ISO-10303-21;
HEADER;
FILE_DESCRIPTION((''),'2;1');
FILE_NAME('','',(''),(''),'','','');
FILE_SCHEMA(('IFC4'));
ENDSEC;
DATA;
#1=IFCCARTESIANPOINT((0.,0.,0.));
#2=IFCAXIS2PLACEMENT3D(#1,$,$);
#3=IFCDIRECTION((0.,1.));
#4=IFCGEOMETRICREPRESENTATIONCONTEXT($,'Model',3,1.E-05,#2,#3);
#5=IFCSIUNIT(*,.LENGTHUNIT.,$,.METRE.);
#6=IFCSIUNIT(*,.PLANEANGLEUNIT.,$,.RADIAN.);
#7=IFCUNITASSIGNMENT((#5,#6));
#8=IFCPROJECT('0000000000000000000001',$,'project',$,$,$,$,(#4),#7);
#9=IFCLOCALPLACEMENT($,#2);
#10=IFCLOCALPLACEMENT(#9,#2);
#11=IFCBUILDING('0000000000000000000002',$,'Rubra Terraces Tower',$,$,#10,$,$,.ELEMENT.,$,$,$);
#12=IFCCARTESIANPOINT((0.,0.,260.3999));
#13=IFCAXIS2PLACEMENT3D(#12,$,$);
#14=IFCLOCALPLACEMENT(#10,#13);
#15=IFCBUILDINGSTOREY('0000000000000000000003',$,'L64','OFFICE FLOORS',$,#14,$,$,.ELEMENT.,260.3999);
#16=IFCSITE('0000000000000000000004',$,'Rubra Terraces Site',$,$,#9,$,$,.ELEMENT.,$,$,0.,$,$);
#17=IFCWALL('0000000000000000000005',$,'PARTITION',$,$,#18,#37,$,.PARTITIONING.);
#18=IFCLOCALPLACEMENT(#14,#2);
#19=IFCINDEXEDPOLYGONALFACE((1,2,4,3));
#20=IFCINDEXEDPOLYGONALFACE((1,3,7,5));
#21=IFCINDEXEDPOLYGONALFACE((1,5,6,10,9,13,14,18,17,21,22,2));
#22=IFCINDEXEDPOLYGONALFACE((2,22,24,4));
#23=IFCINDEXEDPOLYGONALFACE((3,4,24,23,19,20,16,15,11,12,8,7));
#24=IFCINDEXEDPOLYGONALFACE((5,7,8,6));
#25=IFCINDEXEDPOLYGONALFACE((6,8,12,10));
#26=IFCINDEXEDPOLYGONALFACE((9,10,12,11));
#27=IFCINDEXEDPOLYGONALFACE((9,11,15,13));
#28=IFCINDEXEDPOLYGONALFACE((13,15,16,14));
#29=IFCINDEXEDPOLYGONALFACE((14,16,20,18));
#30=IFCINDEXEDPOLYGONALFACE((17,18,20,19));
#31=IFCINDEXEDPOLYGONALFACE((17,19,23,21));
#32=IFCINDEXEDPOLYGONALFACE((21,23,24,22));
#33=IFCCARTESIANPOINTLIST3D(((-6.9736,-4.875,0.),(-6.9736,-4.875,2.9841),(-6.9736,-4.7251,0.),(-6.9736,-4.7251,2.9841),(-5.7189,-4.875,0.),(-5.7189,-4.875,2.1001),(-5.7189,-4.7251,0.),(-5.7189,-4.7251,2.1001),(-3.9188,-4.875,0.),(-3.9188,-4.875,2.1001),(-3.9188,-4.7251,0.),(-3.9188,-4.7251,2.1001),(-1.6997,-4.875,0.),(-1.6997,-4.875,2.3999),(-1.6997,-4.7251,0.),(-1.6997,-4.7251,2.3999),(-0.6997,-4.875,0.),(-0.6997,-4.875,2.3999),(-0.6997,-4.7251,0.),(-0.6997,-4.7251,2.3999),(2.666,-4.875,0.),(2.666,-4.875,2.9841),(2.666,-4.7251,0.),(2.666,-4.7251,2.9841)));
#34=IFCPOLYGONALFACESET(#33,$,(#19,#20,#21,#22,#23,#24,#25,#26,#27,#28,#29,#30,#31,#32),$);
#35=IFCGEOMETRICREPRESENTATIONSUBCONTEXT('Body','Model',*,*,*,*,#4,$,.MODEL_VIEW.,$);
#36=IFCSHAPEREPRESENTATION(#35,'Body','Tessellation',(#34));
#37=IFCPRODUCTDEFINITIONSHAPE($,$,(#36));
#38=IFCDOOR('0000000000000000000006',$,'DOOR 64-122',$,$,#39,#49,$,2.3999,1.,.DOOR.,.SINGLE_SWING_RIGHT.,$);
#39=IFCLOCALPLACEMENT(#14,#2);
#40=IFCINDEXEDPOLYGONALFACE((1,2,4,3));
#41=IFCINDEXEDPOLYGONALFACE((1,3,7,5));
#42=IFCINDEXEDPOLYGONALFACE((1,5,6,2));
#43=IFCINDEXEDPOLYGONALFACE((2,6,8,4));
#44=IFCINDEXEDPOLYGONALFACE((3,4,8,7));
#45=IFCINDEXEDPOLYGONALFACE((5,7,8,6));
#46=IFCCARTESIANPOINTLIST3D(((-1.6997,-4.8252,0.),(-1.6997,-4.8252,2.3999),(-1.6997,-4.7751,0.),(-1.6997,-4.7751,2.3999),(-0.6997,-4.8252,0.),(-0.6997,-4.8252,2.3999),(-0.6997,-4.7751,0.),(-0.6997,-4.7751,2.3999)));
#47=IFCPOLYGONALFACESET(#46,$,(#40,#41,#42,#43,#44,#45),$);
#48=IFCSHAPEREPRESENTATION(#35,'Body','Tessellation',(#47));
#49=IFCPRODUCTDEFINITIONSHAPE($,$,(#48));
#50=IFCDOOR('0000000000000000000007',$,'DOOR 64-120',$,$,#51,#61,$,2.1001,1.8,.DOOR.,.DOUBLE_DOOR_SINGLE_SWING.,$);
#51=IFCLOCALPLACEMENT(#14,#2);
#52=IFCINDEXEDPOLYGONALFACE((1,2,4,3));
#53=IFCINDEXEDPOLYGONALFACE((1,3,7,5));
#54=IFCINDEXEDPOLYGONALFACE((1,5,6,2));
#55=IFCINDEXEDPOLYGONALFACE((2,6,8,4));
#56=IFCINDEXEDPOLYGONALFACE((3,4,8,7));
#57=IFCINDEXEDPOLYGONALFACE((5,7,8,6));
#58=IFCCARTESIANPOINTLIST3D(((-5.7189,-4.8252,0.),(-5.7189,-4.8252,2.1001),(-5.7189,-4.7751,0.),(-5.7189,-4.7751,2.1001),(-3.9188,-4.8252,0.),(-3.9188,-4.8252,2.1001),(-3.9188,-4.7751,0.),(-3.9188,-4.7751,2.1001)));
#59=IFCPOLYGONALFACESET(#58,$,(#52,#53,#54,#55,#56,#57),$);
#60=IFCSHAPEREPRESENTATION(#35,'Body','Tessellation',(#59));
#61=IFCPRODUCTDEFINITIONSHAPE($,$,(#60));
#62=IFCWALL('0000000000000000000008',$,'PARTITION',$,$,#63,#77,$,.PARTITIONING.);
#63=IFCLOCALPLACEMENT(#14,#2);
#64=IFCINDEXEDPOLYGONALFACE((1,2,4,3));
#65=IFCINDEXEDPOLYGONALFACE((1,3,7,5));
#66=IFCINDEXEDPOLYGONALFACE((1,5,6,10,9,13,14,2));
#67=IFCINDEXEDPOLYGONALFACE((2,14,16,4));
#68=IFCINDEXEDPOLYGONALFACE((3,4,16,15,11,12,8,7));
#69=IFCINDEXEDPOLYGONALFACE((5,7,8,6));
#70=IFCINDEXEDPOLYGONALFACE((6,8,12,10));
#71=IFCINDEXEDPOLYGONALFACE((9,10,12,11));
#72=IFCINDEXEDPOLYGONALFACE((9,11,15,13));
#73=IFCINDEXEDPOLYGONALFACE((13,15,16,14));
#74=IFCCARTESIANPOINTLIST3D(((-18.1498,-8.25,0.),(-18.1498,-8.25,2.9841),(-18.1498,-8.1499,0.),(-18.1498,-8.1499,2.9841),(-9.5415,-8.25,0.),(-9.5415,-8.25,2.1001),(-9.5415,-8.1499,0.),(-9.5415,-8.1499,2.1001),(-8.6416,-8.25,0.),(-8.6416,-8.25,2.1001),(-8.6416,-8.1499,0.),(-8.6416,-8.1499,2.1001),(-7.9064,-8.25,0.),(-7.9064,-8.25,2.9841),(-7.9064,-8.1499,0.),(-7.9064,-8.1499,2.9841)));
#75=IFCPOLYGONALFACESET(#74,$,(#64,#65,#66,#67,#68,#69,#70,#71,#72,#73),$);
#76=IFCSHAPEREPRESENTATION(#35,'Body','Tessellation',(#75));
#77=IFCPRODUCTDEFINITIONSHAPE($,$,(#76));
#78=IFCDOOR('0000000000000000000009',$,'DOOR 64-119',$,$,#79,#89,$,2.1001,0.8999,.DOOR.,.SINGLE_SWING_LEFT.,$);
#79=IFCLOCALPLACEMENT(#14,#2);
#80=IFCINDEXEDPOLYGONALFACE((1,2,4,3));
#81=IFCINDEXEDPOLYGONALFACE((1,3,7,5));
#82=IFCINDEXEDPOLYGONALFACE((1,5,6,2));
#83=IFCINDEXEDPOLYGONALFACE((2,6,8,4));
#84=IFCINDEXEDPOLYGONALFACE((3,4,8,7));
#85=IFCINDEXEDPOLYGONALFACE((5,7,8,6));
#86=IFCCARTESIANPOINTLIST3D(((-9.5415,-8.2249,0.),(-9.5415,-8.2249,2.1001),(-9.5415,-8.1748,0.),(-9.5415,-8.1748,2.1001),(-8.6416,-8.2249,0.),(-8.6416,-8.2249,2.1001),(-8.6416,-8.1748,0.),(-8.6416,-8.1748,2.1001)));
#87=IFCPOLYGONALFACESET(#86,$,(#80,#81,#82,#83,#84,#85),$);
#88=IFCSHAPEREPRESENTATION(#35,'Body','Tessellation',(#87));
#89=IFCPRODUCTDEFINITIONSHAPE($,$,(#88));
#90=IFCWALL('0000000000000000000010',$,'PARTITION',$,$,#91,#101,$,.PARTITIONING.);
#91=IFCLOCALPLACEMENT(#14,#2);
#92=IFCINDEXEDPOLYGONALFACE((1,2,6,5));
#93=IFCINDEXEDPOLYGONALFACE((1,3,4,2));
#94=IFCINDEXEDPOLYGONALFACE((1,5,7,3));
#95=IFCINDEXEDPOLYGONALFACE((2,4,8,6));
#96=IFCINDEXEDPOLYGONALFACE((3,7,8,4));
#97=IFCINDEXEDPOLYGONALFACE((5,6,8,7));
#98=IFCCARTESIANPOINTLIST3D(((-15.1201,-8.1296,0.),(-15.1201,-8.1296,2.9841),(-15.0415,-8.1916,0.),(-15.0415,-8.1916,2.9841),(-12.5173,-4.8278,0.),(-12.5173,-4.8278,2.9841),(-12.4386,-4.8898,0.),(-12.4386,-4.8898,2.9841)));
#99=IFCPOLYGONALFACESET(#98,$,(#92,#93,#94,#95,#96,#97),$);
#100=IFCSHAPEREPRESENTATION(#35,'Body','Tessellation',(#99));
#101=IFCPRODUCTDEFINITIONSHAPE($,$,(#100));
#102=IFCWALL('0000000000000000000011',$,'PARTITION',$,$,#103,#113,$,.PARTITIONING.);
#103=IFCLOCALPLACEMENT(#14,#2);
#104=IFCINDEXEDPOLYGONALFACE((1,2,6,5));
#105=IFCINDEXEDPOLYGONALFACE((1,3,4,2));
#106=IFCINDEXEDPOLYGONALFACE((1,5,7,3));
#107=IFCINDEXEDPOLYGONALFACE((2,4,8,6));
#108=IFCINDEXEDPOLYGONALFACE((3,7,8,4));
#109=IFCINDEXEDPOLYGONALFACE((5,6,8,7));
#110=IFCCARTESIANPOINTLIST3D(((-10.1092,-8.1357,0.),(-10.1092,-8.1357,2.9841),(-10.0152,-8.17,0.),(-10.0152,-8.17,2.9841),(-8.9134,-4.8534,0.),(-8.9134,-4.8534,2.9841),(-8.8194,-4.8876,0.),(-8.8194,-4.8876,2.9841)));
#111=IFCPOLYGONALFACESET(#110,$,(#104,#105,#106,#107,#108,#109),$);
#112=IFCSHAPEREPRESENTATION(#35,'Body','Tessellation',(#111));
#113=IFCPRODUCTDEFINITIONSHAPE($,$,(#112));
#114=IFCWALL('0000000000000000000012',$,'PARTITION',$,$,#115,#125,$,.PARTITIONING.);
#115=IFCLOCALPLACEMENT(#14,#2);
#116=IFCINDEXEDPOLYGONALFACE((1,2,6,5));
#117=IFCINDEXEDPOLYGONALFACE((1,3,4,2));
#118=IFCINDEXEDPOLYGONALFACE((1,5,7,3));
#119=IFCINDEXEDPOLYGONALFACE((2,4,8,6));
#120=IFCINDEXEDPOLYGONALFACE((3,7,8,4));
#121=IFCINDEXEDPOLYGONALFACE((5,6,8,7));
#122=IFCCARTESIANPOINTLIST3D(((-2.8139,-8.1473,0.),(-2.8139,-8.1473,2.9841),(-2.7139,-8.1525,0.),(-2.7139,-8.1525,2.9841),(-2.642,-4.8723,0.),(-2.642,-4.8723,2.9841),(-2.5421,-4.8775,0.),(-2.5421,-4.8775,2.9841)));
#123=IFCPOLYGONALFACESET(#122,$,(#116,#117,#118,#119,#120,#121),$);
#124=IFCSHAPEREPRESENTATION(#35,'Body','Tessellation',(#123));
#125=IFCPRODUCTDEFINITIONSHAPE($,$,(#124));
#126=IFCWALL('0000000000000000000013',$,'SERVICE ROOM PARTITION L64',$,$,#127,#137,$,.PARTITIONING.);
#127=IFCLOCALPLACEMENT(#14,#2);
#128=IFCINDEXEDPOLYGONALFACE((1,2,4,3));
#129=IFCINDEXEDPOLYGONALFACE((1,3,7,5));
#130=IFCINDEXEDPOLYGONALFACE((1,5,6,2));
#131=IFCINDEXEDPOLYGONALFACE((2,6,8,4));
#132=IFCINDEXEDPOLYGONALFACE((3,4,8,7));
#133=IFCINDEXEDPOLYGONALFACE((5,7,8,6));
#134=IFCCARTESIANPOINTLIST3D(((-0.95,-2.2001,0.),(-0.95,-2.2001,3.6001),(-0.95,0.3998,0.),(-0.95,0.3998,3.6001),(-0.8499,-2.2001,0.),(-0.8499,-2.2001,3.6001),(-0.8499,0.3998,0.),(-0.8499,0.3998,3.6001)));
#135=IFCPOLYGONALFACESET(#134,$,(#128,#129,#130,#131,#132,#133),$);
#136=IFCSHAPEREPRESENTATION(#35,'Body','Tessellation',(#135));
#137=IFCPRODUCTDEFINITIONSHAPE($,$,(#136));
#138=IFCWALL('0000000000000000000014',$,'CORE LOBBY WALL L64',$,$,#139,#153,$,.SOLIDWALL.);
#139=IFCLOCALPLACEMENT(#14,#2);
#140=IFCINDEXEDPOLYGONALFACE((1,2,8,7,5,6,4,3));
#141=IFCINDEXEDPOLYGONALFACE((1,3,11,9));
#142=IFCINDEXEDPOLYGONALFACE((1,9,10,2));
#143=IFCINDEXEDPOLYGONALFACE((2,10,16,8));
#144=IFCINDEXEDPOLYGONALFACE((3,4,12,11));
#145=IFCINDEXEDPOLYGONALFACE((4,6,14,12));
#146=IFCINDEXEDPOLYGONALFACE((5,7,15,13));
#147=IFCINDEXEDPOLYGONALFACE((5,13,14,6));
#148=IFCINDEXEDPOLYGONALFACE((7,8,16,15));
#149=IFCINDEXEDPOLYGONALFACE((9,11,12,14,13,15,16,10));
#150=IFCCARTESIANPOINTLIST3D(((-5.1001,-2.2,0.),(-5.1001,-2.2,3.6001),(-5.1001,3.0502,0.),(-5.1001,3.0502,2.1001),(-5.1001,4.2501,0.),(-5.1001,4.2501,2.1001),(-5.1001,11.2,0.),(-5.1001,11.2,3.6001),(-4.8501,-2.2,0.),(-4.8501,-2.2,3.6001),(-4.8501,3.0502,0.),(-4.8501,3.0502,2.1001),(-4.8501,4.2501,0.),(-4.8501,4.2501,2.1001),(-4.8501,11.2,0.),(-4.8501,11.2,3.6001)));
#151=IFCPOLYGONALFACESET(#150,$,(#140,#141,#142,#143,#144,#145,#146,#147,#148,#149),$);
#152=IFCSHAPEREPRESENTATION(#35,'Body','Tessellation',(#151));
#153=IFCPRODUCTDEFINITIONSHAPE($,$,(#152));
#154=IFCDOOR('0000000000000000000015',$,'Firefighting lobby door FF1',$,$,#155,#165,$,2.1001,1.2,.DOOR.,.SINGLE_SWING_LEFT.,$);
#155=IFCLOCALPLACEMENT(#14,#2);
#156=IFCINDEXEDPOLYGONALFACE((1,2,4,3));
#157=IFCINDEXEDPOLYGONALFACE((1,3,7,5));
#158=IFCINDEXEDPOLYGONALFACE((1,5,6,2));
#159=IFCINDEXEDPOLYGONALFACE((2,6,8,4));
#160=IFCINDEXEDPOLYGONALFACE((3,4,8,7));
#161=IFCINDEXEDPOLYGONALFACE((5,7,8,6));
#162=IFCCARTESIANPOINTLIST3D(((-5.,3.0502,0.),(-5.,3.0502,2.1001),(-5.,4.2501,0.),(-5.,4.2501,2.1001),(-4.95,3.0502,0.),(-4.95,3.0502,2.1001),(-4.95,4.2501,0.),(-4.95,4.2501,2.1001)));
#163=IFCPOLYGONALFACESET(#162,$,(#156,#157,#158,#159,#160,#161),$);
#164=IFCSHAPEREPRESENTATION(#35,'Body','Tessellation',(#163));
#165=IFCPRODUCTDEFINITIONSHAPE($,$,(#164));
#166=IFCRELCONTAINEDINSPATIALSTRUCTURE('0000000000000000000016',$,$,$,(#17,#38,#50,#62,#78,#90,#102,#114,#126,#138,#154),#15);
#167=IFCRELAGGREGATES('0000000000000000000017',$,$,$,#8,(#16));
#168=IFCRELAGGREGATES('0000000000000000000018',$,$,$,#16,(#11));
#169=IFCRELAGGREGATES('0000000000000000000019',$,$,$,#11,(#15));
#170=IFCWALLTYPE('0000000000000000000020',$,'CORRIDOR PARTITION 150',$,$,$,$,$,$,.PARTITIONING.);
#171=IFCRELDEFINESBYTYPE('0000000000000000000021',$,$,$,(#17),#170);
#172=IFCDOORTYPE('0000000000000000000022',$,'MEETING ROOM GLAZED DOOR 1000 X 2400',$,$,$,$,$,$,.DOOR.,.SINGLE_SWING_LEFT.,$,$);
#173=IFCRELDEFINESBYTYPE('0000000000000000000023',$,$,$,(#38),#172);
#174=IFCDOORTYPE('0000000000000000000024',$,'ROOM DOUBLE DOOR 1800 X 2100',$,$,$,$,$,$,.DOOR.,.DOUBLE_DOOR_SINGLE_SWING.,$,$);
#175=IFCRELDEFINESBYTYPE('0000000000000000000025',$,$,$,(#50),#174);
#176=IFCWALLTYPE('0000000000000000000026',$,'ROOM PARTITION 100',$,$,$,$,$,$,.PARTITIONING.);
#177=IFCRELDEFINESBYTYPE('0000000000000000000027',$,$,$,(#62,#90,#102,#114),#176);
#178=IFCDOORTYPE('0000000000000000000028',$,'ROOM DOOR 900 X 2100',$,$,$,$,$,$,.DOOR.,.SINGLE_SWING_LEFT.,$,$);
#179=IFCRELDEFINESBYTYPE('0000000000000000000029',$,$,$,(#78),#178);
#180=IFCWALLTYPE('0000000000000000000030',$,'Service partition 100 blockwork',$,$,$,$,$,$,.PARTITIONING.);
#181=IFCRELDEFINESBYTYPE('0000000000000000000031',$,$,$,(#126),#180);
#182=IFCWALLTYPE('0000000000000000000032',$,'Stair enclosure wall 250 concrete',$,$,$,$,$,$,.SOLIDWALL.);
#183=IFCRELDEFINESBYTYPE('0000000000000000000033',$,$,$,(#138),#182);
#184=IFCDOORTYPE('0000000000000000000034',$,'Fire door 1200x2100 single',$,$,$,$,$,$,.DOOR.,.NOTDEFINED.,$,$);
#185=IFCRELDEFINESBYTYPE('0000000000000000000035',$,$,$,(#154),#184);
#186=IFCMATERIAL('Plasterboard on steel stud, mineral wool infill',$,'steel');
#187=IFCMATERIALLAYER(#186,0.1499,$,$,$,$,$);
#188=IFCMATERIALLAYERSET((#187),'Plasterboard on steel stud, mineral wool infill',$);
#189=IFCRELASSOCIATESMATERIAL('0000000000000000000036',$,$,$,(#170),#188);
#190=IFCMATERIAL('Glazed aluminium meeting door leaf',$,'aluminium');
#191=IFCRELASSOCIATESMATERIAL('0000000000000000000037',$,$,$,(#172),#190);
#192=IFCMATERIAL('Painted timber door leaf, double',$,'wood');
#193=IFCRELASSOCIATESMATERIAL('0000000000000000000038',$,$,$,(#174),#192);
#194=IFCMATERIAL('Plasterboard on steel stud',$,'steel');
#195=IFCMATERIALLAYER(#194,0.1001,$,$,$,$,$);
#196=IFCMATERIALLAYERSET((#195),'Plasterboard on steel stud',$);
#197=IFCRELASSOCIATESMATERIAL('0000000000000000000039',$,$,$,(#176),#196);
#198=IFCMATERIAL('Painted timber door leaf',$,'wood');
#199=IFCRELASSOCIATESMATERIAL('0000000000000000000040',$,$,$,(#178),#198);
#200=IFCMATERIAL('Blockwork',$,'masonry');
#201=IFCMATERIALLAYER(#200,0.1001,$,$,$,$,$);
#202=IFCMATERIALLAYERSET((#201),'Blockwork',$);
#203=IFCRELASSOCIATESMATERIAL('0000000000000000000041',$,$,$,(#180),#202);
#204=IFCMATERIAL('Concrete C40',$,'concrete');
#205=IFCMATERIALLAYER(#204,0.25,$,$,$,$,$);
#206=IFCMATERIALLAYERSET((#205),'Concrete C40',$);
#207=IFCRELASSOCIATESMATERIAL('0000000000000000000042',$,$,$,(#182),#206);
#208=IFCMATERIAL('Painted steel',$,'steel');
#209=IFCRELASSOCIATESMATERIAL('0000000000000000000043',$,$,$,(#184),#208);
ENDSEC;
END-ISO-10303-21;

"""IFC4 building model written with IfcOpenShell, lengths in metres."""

from ifc_helpers import new_model, si_unit, direction, frame, frame_2d, origin, place, context, subcontext, project, spatial, rectangle, extrude, material, layer, layer_set, type_object, element, fill, save


model = new_model("IFC4")

# Units and contexts
model_context = context("Model", 3, precision=1e-05, world=origin(), true_north=direction((0.0, 1.0)))
body_context = subcontext(model_context, "Body", "Model", "MODEL_VIEW")
ifc_project = project(units=[si_unit("LENGTHUNIT", "METRE"), si_unit("PLANEANGLEUNIT", "RADIAN")], contexts=[model_context])

# Site, building, storey
site_placement = place(None, origin())
site = spatial("IfcSite", under=ifc_project, at=site_placement, Name="Rubra Terraces Site", CompositionType="ELEMENT", RefElevation=0.0)
building_placement = place(site_placement, origin())
building = spatial("IfcBuilding", under=site, at=building_placement, Name="Rubra Terraces Tower", CompositionType="ELEMENT")
storey_placement = place(building_placement, frame((0.0, 0.0, 260.3999)))
storey = spatial("IfcBuildingStorey", under=building, at=storey_placement, Name="L64", Description="OFFICE FLOORS", CompositionType="ELEMENT", Elevation=260.3999)

# Shared definitions
ifc_material_1 = material(Name="Painted steel", Category="steel")

# Wall, openings, doors
ifc_material_2 = material(Name="Plasterboard on steel stud, mineral wool infill", Category="steel")
ifc_layer_1 = layer(ifc_material_2, 0.1499)
ifc_layer_set_1 = layer_set([ifc_layer_1], Name="Plasterboard on steel stud, mineral wool infill")
wall_type_1 = type_object("IfcWallType", Name="CORRIDOR PARTITION 150", PredefinedType="PARTITIONING", material=ifc_layer_set_1)
wall_1_placement = place(storey_placement, frame((-6.9736, -4.8, 0.0), z_axis=(0.0, 0.0, 1.0), x_axis=(1.0, 0.0, 0.0)))
wall_1 = element("IfcWall", 1, at=wall_1_placement, inside=storey, type_object=wall_type_1, Name="PARTITION", PredefinedType="PARTITIONING", context=body_context, shape_type="SweptSolid", body=[
    extrude(rectangle(XDim=9.6396, YDim=0.1499, at=frame_2d((4.8198, 0.0))), origin(), (0.0, 0.0, 1.0), 2.9841),
])
opening_1_placement = place(wall_1_placement, frame((1.2549, 0.0, 0.0)))
opening_1 = element("IfcOpeningElement", 2, at=opening_1_placement, cuts=wall_1, PredefinedType="OPENING", context=body_context, shape_type="SweptSolid", body=[
    extrude(rectangle(XDim=1.8, YDim=2.1001, at=frame_2d((0.8999, 1.05))), frame((0.0, 0.085, 0.0), z_axis=(0.0, -1.0, 0.0), x_axis=(1.0, 0.0, 0.0)), (0.0, 0.0, 1.0), 0.1699),
])
opening_2_placement = place(wall_1_placement, frame((5.2739, 0.0, 0.0)))
opening_2 = element("IfcOpeningElement", 3, at=opening_2_placement, cuts=wall_1, PredefinedType="OPENING", context=body_context, shape_type="SweptSolid", body=[
    extrude(rectangle(XDim=1.0, YDim=2.3999, at=frame_2d((0.5, 1.2))), frame((0.0, 0.085, 0.0), z_axis=(0.0, -1.0, 0.0), x_axis=(1.0, 0.0, 0.0)), (0.0, 0.0, 1.0), 0.1699),
])
ifc_material_3 = material(Name="Glazed aluminium meeting door leaf", Category="aluminium")
door_type_1 = type_object("IfcDoorType", Name="MEETING ROOM GLAZED DOOR 1000 X 2400", OperationType="SINGLE_SWING_LEFT", PredefinedType="DOOR", material=ifc_material_3)
door_1_placement = place(opening_2_placement, origin())
door_1 = element("IfcDoor", 4, at=door_1_placement, inside=storey, type_object=door_type_1, Name="DOOR 64-122", OperationType="SINGLE_SWING_RIGHT", OverallHeight=2.3999, OverallWidth=1.0, PredefinedType="DOOR", context=body_context, shape_type="SweptSolid", body=[
    extrude(rectangle(XDim=1.0, YDim=2.3999, at=frame_2d((0.5, 1.2))), frame((0.0, 0.0249, 0.0), z_axis=(0.0, -1.0, 0.0), x_axis=(1.0, 0.0, 0.0)), (0.0, 0.0, 1.0), 0.05),
])
fill(opening_2, door_1)
ifc_material_4 = material(Name="Painted timber door leaf, double", Category="wood")
door_type_2 = type_object("IfcDoorType", Name="ROOM DOUBLE DOOR 1800 X 2100", OperationType="DOUBLE_DOOR_SINGLE_SWING", PredefinedType="DOOR", material=ifc_material_4)
door_2_placement = place(opening_1_placement, origin())
door_2 = element("IfcDoor", 5, at=door_2_placement, inside=storey, type_object=door_type_2, Name="DOOR 64-120", OperationType="DOUBLE_DOOR_SINGLE_SWING", OverallHeight=2.1001, OverallWidth=1.8, PredefinedType="DOOR", context=body_context, shape_type="SweptSolid", body=[
    extrude(rectangle(XDim=1.8, YDim=2.1001, at=frame_2d((0.8999, 1.05))), frame((0.0, 0.0249, 0.0), z_axis=(0.0, -1.0, 0.0), x_axis=(1.0, 0.0, 0.0)), (0.0, 0.0, 1.0), 0.05),
])
fill(opening_1, door_2)

# Wall, opening, door
ifc_material_5 = material(Name="Plasterboard on steel stud", Category="steel")
ifc_layer_2 = layer(ifc_material_5, 0.1001)
ifc_layer_set_2 = layer_set([ifc_layer_2], Name="Plasterboard on steel stud")
wall_type_2 = type_object("IfcWallType", Name="ROOM PARTITION 100", PredefinedType="PARTITIONING", material=ifc_layer_set_2)
wall_2_placement = place(storey_placement, frame((-7.9065, -8.2, 0.0), z_axis=(0.0, 0.0, 1.0), x_axis=(-1.0, 0.0, 0.0)))
wall_2 = element("IfcWall", 6, at=wall_2_placement, inside=storey, type_object=wall_type_2, Name="PARTITION", PredefinedType="PARTITIONING", context=body_context, shape_type="SweptSolid", body=[
    extrude(rectangle(XDim=10.2434, YDim=0.1001, at=frame_2d((5.1216, 0.0))), origin(), (0.0, 0.0, 1.0), 2.9841),
])
opening_3_placement = place(wall_2_placement, frame((0.7351, 0.0, 0.0)))
opening_3 = element("IfcOpeningElement", 7, at=opening_3_placement, cuts=wall_2, PredefinedType="OPENING", context=body_context, shape_type="SweptSolid", body=[
    extrude(rectangle(XDim=0.8999, YDim=2.1001, at=frame_2d((0.45, 1.05))), frame((0.0, 0.0601, 0.0), z_axis=(0.0, -1.0, 0.0), x_axis=(1.0, 0.0, 0.0)), (0.0, 0.0, 1.0), 0.1201),
])
ifc_material_6 = material(Name="Painted timber door leaf", Category="wood")
door_type_3 = type_object("IfcDoorType", Name="ROOM DOOR 900 X 2100", OperationType="SINGLE_SWING_LEFT", PredefinedType="DOOR", material=ifc_material_6)
door_3_placement = place(opening_3_placement, origin())
door_3 = element("IfcDoor", 8, at=door_3_placement, inside=storey, type_object=door_type_3, Name="DOOR 64-119", OperationType="SINGLE_SWING_LEFT", OverallHeight=2.1001, OverallWidth=0.8999, PredefinedType="DOOR", context=body_context, shape_type="SweptSolid", body=[
    extrude(rectangle(XDim=0.8999, YDim=2.1001, at=frame_2d((0.45, 1.05))), frame((0.0, 0.0249, 0.0), z_axis=(0.0, -1.0, 0.0), x_axis=(1.0, 0.0, 0.0)), (0.0, 0.0, 1.0), 0.05),
])
fill(opening_3, door_3)

# Walls
wall_3_placement = place(storey_placement, frame((-12.478, -4.8589, 0.0), z_axis=(0.0, 0.0, 1.0), x_axis=(-0.619077, -0.78533, 0.0)))
element("IfcWall", 9, at=wall_3_placement, inside=storey, type_object=wall_type_2, Name="PARTITION", PredefinedType="PARTITIONING", context=body_context, shape_type="SweptSolid", body=[
    extrude(rectangle(XDim=4.2043, YDim=0.1001, at=frame_2d((2.1021, 0.0))), origin(), (0.0, 0.0, 1.0), 2.9841),
])
wall_4_placement = place(storey_placement, frame((-8.8665, -4.8706, 0.0), z_axis=(0.0, 0.0, 1.0), x_axis=(-0.342293, -0.939593, 0.0)))
element("IfcWall", 10, at=wall_4_placement, inside=storey, type_object=wall_type_2, Name="PARTITION", PredefinedType="PARTITIONING", context=body_context, shape_type="SweptSolid", body=[
    extrude(rectangle(XDim=3.4934, YDim=0.1001, at=frame_2d((1.7466, 0.0))), origin(), (0.0, 0.0, 1.0), 2.9841),
])
wall_5_placement = place(storey_placement, frame((-2.592, -4.875, 0.0), z_axis=(0.0, 0.0, 1.0), x_axis=(-0.052406, -0.998626, 0.0)))
element("IfcWall", 11, at=wall_5_placement, inside=storey, type_object=wall_type_2, Name="PARTITION", PredefinedType="PARTITIONING", context=body_context, shape_type="SweptSolid", body=[
    extrude(rectangle(XDim=3.2795, YDim=0.1001, at=frame_2d((1.6396, 0.0))), origin(), (0.0, 0.0, 1.0), 2.9841),
])
ifc_material_7 = material(Name="Blockwork", Category="masonry")
ifc_layer_3 = layer(ifc_material_7, 0.1001)
ifc_layer_set_3 = layer_set([ifc_layer_3], Name="Blockwork")
wall_type_3 = type_object("IfcWallType", Name="Service partition 100 blockwork", PredefinedType="PARTITIONING", material=ifc_layer_set_3)
wall_6_placement = place(storey_placement, frame((-0.8999, -2.2, 0.0), z_axis=(0.0, 0.0, 1.0), x_axis=(0.0, 1.0, 0.0)))
element("IfcWall", 12, at=wall_6_placement, inside=storey, type_object=wall_type_3, Name="SERVICE ROOM PARTITION L64", PredefinedType="PARTITIONING", context=body_context, shape_type="SweptSolid", body=[
    extrude(rectangle(XDim=2.5999, YDim=0.1001, at=frame_2d((1.2998, 0.0))), origin(), (0.0, 0.0, 1.0), 3.6001),
])

# Wall, opening, door
ifc_material_8 = material(Name="Concrete C40", Category="concrete")
ifc_layer_4 = layer(ifc_material_8, 0.25)
ifc_layer_set_4 = layer_set([ifc_layer_4], Name="Concrete C40")
wall_type_4 = type_object("IfcWallType", Name="Stair enclosure wall 250 concrete", PredefinedType="SOLIDWALL", material=ifc_layer_set_4)
wall_7_placement = place(storey_placement, frame((-4.9751, -2.2, 0.0), z_axis=(0.0, 0.0, 1.0), x_axis=(0.0, 1.0, 0.0)))
wall_7 = element("IfcWall", 13, at=wall_7_placement, inside=storey, type_object=wall_type_4, Name="CORE LOBBY WALL L64", PredefinedType="SOLIDWALL", context=body_context, shape_type="SweptSolid", body=[
    extrude(rectangle(XDim=13.3999, YDim=0.25, at=frame_2d((6.7, 0.0))), origin(), (0.0, 0.0, 1.0), 3.6001),
])
opening_4_placement = place(wall_7_placement, frame((5.25, 0.0, 0.0)))
opening_4 = element("IfcOpeningElement", 14, at=opening_4_placement, cuts=wall_7, PredefinedType="OPENING", context=body_context, shape_type="SweptSolid", body=[
    extrude(rectangle(XDim=1.2, YDim=2.1001, at=frame_2d((0.6001, 1.05))), frame((0.0, 0.135, 0.0), z_axis=(0.0, -1.0, 0.0), x_axis=(1.0, 0.0, 0.0)), (0.0, 0.0, 1.0), 0.27),
])
door_type_4 = type_object("IfcDoorType", Name="Fire door 1200x2100 single", OperationType="NOTDEFINED", PredefinedType="DOOR", material=ifc_material_1)
door_4_placement = place(opening_4_placement, origin())
door_4 = element("IfcDoor", 15, at=door_4_placement, inside=storey, type_object=door_type_4, Name="Firefighting lobby door FF1", OperationType="SINGLE_SWING_LEFT", OverallHeight=2.1001, OverallWidth=1.2, PredefinedType="DOOR", context=body_context, shape_type="SweptSolid", body=[
    extrude(rectangle(XDim=1.2, YDim=2.1001, at=frame_2d((0.6001, 1.05))), frame((0.0, 0.0249, 0.0), z_axis=(0.0, -1.0, 0.0), x_axis=(1.0, 0.0, 0.0)), (0.0, 0.0, 1.0), 0.05),
])
fill(opening_4, door_4)

save(model, "model.ifc")
